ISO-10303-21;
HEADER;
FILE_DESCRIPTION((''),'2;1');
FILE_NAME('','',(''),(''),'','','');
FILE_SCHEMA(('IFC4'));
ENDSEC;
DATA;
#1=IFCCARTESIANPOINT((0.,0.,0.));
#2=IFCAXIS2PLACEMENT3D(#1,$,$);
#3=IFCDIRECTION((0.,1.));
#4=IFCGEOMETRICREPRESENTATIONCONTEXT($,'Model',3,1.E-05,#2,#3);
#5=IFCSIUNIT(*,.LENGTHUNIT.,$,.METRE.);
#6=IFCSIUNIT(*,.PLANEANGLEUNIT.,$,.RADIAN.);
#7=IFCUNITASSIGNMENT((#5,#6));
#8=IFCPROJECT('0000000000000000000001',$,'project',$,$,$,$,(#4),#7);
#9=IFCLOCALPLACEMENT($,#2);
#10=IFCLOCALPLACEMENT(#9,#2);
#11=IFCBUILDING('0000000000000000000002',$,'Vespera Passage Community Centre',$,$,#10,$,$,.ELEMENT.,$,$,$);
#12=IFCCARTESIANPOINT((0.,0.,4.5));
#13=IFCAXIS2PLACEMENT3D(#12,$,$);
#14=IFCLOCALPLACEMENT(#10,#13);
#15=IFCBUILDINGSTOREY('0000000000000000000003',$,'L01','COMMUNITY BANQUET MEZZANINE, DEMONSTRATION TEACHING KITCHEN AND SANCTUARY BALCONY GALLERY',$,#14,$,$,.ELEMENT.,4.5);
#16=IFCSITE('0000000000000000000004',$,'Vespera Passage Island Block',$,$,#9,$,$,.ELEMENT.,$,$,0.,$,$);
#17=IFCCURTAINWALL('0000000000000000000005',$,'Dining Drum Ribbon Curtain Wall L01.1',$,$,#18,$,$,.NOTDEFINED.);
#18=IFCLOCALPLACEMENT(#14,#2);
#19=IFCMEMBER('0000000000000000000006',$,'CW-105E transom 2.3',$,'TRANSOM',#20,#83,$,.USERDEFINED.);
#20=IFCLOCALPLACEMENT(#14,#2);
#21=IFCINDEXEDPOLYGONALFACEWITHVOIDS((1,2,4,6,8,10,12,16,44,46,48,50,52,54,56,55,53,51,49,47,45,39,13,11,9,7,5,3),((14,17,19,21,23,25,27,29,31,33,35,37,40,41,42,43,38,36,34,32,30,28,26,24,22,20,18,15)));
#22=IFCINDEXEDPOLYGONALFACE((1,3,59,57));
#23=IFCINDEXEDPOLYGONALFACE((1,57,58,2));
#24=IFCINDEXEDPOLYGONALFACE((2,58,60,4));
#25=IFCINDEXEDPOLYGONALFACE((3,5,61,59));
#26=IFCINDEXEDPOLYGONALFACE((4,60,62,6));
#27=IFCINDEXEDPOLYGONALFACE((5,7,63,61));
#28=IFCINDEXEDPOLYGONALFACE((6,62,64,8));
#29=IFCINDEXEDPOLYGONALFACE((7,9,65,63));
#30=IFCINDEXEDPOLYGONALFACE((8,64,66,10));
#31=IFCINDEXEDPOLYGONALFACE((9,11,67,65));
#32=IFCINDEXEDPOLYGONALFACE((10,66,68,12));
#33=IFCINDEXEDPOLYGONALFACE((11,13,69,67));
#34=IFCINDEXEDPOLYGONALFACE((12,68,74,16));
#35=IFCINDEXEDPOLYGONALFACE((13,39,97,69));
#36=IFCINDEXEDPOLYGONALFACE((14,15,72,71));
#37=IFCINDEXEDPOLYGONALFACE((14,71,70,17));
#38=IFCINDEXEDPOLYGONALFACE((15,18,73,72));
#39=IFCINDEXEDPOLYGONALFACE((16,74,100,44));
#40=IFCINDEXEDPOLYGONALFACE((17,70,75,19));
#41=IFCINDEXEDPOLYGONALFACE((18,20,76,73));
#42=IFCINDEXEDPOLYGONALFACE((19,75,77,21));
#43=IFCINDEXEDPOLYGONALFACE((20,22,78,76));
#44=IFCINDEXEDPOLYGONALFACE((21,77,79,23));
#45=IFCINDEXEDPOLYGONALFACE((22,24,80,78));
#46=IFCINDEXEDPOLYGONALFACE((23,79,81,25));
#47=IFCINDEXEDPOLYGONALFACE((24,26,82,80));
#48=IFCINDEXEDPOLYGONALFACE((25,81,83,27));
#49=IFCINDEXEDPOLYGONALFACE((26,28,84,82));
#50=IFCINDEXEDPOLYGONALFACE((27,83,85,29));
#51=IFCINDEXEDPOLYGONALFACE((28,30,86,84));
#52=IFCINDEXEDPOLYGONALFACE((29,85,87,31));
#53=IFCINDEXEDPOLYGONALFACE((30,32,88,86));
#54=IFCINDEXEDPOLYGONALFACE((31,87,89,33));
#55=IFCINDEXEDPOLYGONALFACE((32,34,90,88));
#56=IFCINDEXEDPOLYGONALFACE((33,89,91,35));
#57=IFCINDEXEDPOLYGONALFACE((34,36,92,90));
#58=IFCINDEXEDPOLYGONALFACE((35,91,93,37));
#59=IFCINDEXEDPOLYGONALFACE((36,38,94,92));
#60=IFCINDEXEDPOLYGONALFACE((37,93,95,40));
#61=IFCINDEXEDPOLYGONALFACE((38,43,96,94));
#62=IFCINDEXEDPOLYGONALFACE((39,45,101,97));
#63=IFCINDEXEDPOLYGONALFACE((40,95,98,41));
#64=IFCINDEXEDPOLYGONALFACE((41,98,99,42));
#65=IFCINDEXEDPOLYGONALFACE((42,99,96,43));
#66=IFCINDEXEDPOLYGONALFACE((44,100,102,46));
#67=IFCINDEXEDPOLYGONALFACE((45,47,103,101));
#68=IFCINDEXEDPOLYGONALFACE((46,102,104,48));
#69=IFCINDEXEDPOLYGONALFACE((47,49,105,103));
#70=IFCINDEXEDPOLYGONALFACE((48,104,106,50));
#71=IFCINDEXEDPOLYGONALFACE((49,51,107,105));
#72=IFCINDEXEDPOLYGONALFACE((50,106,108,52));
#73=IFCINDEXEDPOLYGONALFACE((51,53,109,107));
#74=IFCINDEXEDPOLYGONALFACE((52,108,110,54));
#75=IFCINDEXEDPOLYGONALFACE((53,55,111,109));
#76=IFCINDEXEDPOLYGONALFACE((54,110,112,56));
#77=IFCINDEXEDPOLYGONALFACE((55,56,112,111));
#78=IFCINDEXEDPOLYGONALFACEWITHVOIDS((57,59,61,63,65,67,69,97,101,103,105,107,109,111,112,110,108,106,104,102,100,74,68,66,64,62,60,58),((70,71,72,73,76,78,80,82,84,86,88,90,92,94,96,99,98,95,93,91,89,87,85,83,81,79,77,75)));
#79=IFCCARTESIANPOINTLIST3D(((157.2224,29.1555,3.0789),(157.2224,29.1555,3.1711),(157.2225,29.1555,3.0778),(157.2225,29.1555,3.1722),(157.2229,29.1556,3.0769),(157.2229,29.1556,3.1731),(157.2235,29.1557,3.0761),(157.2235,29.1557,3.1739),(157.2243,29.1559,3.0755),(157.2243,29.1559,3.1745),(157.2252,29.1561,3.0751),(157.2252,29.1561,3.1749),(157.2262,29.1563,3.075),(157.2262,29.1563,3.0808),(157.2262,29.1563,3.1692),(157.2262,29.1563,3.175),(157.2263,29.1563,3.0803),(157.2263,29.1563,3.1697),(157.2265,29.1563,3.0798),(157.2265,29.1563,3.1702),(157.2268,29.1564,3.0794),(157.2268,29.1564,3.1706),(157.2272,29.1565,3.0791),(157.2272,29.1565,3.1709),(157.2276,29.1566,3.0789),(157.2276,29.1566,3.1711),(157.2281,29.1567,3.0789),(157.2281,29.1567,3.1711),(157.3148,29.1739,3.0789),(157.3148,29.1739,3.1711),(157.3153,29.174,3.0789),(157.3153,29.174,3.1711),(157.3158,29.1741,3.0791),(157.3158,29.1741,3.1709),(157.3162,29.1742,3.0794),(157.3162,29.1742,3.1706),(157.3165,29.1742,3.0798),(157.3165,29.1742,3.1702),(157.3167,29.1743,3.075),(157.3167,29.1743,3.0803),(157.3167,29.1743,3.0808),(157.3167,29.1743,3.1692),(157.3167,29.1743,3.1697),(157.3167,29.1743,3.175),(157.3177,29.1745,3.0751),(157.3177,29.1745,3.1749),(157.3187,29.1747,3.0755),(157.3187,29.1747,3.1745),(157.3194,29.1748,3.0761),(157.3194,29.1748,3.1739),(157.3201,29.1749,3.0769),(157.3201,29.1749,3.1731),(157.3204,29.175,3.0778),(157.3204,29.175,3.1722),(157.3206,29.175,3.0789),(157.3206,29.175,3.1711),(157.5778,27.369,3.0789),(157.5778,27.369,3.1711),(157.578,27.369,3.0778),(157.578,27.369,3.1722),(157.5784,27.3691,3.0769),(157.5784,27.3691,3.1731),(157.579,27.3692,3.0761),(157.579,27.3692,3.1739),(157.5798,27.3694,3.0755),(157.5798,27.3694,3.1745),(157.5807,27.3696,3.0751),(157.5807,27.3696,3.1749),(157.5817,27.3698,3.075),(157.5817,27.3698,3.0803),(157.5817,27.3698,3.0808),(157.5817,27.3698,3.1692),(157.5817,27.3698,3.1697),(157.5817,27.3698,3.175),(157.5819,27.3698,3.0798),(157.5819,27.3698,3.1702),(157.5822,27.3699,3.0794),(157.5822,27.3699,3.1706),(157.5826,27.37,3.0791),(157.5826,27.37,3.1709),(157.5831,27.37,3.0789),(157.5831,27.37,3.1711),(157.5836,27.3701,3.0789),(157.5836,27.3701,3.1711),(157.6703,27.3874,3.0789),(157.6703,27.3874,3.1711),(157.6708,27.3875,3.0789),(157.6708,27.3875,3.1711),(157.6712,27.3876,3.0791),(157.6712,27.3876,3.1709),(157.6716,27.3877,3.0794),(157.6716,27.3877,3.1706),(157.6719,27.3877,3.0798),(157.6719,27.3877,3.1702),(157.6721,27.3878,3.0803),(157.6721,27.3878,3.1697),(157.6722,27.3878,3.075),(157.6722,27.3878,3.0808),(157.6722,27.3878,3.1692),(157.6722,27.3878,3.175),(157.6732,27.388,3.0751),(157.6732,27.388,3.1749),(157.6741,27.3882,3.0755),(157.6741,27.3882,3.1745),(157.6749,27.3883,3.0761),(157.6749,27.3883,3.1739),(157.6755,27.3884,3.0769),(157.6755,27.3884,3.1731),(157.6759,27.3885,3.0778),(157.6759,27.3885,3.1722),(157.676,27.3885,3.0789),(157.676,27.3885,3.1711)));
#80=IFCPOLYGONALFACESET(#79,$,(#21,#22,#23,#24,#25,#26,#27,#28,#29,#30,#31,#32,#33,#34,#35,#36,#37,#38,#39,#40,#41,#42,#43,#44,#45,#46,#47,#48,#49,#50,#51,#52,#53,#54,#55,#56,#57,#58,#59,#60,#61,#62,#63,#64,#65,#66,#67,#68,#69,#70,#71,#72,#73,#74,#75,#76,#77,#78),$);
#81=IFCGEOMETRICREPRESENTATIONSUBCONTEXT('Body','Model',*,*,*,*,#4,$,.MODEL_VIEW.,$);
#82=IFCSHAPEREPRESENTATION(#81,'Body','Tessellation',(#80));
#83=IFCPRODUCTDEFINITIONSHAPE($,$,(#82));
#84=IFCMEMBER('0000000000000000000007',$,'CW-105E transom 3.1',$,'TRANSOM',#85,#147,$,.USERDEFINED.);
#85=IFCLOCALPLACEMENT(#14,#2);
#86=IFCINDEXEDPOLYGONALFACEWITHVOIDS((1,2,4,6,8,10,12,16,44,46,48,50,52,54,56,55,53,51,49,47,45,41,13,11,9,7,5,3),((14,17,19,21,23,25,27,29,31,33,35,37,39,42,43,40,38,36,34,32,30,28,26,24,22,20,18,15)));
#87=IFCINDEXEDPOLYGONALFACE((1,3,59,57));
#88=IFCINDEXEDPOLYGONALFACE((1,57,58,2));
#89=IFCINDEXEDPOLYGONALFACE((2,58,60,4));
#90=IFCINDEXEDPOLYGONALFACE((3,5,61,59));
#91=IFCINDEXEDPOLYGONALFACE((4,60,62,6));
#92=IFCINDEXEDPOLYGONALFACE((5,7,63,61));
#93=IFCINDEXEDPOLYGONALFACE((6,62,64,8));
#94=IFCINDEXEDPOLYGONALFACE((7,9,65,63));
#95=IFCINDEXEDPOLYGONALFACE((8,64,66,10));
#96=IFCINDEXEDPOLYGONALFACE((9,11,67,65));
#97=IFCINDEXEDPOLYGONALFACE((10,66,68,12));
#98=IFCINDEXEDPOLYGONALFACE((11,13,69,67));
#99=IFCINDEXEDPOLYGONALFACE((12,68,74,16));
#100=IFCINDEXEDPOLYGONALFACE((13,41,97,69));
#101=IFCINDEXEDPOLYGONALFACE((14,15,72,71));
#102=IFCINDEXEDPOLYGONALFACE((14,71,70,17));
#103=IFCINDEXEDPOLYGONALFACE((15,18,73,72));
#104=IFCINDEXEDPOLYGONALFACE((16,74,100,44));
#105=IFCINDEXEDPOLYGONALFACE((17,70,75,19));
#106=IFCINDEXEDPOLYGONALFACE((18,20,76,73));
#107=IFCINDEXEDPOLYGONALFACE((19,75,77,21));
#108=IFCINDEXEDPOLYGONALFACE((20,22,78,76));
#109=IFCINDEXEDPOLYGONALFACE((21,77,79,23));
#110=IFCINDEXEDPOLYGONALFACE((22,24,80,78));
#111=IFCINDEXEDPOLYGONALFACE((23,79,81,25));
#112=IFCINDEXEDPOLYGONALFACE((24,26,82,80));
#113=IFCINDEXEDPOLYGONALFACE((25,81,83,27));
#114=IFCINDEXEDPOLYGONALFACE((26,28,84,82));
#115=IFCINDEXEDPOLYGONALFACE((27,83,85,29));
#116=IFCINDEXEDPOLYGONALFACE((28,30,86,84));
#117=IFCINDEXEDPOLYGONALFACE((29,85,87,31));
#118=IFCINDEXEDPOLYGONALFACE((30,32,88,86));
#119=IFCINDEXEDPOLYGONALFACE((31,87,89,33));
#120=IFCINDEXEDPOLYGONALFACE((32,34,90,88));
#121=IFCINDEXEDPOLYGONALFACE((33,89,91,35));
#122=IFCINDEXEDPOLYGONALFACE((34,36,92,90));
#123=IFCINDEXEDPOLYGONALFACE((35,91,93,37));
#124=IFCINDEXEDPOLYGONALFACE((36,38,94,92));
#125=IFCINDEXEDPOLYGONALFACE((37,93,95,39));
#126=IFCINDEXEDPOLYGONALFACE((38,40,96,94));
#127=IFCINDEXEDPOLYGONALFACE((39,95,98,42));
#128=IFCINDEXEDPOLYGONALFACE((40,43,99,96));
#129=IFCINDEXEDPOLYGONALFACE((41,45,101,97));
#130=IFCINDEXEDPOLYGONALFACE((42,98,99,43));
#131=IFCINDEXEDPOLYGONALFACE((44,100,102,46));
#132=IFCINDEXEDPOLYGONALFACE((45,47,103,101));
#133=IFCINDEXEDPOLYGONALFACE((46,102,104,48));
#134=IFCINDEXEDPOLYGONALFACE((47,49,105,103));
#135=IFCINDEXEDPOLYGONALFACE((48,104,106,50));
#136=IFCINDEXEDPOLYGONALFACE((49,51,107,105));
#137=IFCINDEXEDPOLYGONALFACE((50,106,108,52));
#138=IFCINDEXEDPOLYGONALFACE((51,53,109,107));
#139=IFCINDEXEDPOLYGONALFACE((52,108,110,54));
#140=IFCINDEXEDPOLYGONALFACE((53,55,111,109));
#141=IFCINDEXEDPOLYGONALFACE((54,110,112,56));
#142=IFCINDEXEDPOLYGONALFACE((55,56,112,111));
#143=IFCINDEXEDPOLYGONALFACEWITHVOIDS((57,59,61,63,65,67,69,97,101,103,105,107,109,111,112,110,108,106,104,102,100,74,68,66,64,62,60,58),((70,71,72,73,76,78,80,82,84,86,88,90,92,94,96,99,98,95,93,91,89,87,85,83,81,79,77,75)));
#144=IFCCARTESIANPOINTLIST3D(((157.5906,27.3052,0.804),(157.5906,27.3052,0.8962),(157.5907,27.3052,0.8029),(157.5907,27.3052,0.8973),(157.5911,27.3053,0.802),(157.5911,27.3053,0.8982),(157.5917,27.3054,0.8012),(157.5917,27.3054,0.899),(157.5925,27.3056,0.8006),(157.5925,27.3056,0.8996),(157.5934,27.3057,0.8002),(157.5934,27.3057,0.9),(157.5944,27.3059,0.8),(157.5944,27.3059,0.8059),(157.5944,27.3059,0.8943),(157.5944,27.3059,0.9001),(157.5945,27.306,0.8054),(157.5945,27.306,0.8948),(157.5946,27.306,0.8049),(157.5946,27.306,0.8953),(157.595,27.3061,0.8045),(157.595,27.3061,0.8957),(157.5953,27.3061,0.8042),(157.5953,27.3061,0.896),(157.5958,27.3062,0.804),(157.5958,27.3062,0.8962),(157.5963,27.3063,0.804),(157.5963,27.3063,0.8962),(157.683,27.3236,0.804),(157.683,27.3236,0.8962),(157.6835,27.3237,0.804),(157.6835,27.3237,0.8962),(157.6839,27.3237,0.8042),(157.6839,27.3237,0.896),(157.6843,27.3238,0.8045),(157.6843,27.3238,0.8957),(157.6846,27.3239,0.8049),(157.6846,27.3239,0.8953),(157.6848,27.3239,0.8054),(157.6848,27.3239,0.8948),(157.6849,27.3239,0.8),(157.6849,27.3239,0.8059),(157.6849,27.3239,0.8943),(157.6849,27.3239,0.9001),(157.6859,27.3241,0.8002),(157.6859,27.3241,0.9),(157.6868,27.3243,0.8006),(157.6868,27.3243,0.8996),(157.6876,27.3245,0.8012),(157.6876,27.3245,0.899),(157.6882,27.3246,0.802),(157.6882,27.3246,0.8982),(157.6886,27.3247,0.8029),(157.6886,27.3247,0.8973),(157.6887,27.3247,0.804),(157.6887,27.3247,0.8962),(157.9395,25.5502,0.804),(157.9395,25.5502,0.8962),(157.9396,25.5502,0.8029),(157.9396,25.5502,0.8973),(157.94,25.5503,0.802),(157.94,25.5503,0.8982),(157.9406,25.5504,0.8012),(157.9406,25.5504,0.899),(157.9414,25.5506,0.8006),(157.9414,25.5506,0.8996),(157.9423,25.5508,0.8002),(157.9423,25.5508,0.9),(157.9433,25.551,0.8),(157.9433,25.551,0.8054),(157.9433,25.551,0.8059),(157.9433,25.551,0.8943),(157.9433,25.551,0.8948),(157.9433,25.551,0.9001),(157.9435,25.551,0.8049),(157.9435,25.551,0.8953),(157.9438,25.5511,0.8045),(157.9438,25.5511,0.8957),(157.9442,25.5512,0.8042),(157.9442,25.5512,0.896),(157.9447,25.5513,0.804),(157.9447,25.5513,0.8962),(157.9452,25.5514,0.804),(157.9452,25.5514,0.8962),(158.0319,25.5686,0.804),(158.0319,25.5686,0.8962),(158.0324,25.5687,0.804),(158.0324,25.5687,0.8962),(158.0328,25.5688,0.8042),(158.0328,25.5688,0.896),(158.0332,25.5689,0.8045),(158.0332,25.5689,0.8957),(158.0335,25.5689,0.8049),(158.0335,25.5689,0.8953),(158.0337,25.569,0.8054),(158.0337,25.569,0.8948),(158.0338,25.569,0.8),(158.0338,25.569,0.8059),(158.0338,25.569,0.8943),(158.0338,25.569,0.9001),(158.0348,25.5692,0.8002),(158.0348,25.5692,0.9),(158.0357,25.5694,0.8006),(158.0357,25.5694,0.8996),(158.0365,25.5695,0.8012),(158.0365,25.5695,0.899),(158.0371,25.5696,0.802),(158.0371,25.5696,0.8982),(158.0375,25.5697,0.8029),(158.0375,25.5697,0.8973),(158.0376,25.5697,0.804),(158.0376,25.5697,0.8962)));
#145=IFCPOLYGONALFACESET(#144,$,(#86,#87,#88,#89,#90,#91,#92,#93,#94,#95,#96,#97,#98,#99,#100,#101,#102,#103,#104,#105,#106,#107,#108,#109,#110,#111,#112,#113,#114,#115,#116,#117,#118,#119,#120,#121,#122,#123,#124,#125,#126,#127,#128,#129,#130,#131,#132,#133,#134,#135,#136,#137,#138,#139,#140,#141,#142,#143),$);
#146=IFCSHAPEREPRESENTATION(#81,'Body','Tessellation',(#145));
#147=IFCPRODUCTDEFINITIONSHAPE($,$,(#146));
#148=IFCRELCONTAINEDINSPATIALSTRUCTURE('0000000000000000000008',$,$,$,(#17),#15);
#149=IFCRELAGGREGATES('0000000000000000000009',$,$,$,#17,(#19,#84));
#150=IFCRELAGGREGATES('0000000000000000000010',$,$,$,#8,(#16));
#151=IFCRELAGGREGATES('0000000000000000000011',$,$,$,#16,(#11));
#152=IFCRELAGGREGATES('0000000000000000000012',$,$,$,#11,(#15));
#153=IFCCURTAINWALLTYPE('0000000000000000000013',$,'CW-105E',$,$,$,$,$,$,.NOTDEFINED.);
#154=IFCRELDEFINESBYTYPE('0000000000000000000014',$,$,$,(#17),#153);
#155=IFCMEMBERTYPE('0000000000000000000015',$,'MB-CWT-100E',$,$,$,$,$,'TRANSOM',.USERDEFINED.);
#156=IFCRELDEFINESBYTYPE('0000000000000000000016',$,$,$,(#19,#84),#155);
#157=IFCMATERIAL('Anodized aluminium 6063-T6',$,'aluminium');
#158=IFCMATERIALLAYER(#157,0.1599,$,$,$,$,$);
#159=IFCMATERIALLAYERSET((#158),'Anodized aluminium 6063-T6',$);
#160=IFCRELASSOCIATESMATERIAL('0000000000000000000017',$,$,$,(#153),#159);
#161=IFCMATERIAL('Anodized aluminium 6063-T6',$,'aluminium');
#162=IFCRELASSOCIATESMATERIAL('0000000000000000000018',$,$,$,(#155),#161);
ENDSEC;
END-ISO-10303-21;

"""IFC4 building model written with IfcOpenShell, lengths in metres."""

from ifc_helpers import new_model, si_unit, direction, frame, origin, origin_2d, place, context, subcontext, project, spatial, hollow_rectangle, extrude, material, layer, layer_set, material_profile, profile_set, type_object, element, aggregate, save


model = new_model("IFC4")

# Units and contexts
model_context = context("Model", 3, precision=1e-05, world=origin(), true_north=direction((0.0, 1.0)))
body_context = subcontext(model_context, "Body", "Model", "MODEL_VIEW")
ifc_project = project(units=[si_unit("LENGTHUNIT", "METRE"), si_unit("PLANEANGLEUNIT", "RADIAN")], contexts=[model_context])

# Site, building, storey
site_placement = place(None, origin())
site = spatial("IfcSite", under=ifc_project, at=site_placement, Name="Vespera Passage Island Block", CompositionType="ELEMENT", RefElevation=0.0)
building_placement = place(site_placement, origin())
building = spatial("IfcBuilding", under=site, at=building_placement, Name="Vespera Passage Community Centre", CompositionType="ELEMENT")
storey_placement = place(building_placement, frame((0.0, 0.0, 4.5)))
storey = spatial("IfcBuildingStorey", under=building, at=storey_placement, Name="L01", Description="COMMUNITY BANQUET MEZZANINE, DEMONSTRATION TEACHING KITCHEN AND SANCTUARY BALCONY GALLERY", CompositionType="ELEMENT", Elevation=4.5)

# Curtain wall
ifc_material_1 = material(Name="Anodized aluminium 6063-T6", Category="aluminium")
ifc_layer_1 = layer(ifc_material_1, 0.1599)
ifc_layer_set_1 = layer_set([ifc_layer_1], Name="Anodized aluminium 6063-T6")
curtain_wall_type = type_object("IfcCurtainWallType", Name="CW-105E", PredefinedType="NOTDEFINED", material=ifc_layer_set_1)
curtain_wall_1_placement = place(storey_placement, origin())
curtain_wall_1 = element("IfcCurtainWall", 1, at=curtain_wall_1_placement, inside=storey, type_object=curtain_wall_type, Name="Dining Drum Ribbon Curtain Wall L01.1", PredefinedType="NOTDEFINED")

# Members
ifc_material_2 = material(Name="Anodized aluminium 6063-T6", Category="aluminium")
ifc_material_profile_1 = material_profile(ifc_material_2, hollow_rectangle(XDim=0.1001, YDim=0.1001, WallThickness=0.0039, InnerFilletRadius=0.002, OuterFilletRadius=0.0039, at=origin_2d()), Name="ALU100X100X4")
ifc_profile_set_1 = profile_set([ifc_material_profile_1], Name="Anodized aluminium 6063-T6")
member_type_1 = type_object("IfcMemberType", Name="MB-CWT-100E", ElementType="TRANSOM", PredefinedType="USERDEFINED", material=ifc_profile_set_1)
member_1_placement = place(storey_placement, frame((157.2715, 29.1653, 3.125), z_axis=(0.195137, -0.980776, 0.0), x_axis=(0.980776, 0.195137, 0.0)))
member_1 = element("IfcMember", 2, at=member_1_placement, type_object=member_type_1, Name="CW-105E transom 2.3", ObjectType="TRANSOM", PredefinedType="USERDEFINED", context=body_context, shape_type="SweptSolid", body=[
    extrude(hollow_rectangle(XDim=0.1001, YDim=0.1001, WallThickness=0.0039, InnerFilletRadius=0.002, OuterFilletRadius=0.0039, at=origin_2d()), origin(), (0.0, 0.0, 1.0), 1.8215),
])
member_2_placement = place(storey_placement, frame((157.6396, 27.3149, 0.8501), z_axis=(0.194988, -0.980806, 0.0), x_axis=(0.980806, 0.194988, 0.0)))
member_2 = element("IfcMember", 3, at=member_2_placement, type_object=member_type_1, Name="CW-105E transom 3.1", ObjectType="TRANSOM", PredefinedType="USERDEFINED", context=body_context, shape_type="SweptSolid", body=[
    extrude(hollow_rectangle(XDim=0.1001, YDim=0.1001, WallThickness=0.0039, InnerFilletRadius=0.002, OuterFilletRadius=0.0039, at=origin_2d()), origin(), (0.0, 0.0, 1.0), 1.7893),
])

aggregate(curtain_wall_1, [member_1, member_2])

save(model, "model.ifc")
